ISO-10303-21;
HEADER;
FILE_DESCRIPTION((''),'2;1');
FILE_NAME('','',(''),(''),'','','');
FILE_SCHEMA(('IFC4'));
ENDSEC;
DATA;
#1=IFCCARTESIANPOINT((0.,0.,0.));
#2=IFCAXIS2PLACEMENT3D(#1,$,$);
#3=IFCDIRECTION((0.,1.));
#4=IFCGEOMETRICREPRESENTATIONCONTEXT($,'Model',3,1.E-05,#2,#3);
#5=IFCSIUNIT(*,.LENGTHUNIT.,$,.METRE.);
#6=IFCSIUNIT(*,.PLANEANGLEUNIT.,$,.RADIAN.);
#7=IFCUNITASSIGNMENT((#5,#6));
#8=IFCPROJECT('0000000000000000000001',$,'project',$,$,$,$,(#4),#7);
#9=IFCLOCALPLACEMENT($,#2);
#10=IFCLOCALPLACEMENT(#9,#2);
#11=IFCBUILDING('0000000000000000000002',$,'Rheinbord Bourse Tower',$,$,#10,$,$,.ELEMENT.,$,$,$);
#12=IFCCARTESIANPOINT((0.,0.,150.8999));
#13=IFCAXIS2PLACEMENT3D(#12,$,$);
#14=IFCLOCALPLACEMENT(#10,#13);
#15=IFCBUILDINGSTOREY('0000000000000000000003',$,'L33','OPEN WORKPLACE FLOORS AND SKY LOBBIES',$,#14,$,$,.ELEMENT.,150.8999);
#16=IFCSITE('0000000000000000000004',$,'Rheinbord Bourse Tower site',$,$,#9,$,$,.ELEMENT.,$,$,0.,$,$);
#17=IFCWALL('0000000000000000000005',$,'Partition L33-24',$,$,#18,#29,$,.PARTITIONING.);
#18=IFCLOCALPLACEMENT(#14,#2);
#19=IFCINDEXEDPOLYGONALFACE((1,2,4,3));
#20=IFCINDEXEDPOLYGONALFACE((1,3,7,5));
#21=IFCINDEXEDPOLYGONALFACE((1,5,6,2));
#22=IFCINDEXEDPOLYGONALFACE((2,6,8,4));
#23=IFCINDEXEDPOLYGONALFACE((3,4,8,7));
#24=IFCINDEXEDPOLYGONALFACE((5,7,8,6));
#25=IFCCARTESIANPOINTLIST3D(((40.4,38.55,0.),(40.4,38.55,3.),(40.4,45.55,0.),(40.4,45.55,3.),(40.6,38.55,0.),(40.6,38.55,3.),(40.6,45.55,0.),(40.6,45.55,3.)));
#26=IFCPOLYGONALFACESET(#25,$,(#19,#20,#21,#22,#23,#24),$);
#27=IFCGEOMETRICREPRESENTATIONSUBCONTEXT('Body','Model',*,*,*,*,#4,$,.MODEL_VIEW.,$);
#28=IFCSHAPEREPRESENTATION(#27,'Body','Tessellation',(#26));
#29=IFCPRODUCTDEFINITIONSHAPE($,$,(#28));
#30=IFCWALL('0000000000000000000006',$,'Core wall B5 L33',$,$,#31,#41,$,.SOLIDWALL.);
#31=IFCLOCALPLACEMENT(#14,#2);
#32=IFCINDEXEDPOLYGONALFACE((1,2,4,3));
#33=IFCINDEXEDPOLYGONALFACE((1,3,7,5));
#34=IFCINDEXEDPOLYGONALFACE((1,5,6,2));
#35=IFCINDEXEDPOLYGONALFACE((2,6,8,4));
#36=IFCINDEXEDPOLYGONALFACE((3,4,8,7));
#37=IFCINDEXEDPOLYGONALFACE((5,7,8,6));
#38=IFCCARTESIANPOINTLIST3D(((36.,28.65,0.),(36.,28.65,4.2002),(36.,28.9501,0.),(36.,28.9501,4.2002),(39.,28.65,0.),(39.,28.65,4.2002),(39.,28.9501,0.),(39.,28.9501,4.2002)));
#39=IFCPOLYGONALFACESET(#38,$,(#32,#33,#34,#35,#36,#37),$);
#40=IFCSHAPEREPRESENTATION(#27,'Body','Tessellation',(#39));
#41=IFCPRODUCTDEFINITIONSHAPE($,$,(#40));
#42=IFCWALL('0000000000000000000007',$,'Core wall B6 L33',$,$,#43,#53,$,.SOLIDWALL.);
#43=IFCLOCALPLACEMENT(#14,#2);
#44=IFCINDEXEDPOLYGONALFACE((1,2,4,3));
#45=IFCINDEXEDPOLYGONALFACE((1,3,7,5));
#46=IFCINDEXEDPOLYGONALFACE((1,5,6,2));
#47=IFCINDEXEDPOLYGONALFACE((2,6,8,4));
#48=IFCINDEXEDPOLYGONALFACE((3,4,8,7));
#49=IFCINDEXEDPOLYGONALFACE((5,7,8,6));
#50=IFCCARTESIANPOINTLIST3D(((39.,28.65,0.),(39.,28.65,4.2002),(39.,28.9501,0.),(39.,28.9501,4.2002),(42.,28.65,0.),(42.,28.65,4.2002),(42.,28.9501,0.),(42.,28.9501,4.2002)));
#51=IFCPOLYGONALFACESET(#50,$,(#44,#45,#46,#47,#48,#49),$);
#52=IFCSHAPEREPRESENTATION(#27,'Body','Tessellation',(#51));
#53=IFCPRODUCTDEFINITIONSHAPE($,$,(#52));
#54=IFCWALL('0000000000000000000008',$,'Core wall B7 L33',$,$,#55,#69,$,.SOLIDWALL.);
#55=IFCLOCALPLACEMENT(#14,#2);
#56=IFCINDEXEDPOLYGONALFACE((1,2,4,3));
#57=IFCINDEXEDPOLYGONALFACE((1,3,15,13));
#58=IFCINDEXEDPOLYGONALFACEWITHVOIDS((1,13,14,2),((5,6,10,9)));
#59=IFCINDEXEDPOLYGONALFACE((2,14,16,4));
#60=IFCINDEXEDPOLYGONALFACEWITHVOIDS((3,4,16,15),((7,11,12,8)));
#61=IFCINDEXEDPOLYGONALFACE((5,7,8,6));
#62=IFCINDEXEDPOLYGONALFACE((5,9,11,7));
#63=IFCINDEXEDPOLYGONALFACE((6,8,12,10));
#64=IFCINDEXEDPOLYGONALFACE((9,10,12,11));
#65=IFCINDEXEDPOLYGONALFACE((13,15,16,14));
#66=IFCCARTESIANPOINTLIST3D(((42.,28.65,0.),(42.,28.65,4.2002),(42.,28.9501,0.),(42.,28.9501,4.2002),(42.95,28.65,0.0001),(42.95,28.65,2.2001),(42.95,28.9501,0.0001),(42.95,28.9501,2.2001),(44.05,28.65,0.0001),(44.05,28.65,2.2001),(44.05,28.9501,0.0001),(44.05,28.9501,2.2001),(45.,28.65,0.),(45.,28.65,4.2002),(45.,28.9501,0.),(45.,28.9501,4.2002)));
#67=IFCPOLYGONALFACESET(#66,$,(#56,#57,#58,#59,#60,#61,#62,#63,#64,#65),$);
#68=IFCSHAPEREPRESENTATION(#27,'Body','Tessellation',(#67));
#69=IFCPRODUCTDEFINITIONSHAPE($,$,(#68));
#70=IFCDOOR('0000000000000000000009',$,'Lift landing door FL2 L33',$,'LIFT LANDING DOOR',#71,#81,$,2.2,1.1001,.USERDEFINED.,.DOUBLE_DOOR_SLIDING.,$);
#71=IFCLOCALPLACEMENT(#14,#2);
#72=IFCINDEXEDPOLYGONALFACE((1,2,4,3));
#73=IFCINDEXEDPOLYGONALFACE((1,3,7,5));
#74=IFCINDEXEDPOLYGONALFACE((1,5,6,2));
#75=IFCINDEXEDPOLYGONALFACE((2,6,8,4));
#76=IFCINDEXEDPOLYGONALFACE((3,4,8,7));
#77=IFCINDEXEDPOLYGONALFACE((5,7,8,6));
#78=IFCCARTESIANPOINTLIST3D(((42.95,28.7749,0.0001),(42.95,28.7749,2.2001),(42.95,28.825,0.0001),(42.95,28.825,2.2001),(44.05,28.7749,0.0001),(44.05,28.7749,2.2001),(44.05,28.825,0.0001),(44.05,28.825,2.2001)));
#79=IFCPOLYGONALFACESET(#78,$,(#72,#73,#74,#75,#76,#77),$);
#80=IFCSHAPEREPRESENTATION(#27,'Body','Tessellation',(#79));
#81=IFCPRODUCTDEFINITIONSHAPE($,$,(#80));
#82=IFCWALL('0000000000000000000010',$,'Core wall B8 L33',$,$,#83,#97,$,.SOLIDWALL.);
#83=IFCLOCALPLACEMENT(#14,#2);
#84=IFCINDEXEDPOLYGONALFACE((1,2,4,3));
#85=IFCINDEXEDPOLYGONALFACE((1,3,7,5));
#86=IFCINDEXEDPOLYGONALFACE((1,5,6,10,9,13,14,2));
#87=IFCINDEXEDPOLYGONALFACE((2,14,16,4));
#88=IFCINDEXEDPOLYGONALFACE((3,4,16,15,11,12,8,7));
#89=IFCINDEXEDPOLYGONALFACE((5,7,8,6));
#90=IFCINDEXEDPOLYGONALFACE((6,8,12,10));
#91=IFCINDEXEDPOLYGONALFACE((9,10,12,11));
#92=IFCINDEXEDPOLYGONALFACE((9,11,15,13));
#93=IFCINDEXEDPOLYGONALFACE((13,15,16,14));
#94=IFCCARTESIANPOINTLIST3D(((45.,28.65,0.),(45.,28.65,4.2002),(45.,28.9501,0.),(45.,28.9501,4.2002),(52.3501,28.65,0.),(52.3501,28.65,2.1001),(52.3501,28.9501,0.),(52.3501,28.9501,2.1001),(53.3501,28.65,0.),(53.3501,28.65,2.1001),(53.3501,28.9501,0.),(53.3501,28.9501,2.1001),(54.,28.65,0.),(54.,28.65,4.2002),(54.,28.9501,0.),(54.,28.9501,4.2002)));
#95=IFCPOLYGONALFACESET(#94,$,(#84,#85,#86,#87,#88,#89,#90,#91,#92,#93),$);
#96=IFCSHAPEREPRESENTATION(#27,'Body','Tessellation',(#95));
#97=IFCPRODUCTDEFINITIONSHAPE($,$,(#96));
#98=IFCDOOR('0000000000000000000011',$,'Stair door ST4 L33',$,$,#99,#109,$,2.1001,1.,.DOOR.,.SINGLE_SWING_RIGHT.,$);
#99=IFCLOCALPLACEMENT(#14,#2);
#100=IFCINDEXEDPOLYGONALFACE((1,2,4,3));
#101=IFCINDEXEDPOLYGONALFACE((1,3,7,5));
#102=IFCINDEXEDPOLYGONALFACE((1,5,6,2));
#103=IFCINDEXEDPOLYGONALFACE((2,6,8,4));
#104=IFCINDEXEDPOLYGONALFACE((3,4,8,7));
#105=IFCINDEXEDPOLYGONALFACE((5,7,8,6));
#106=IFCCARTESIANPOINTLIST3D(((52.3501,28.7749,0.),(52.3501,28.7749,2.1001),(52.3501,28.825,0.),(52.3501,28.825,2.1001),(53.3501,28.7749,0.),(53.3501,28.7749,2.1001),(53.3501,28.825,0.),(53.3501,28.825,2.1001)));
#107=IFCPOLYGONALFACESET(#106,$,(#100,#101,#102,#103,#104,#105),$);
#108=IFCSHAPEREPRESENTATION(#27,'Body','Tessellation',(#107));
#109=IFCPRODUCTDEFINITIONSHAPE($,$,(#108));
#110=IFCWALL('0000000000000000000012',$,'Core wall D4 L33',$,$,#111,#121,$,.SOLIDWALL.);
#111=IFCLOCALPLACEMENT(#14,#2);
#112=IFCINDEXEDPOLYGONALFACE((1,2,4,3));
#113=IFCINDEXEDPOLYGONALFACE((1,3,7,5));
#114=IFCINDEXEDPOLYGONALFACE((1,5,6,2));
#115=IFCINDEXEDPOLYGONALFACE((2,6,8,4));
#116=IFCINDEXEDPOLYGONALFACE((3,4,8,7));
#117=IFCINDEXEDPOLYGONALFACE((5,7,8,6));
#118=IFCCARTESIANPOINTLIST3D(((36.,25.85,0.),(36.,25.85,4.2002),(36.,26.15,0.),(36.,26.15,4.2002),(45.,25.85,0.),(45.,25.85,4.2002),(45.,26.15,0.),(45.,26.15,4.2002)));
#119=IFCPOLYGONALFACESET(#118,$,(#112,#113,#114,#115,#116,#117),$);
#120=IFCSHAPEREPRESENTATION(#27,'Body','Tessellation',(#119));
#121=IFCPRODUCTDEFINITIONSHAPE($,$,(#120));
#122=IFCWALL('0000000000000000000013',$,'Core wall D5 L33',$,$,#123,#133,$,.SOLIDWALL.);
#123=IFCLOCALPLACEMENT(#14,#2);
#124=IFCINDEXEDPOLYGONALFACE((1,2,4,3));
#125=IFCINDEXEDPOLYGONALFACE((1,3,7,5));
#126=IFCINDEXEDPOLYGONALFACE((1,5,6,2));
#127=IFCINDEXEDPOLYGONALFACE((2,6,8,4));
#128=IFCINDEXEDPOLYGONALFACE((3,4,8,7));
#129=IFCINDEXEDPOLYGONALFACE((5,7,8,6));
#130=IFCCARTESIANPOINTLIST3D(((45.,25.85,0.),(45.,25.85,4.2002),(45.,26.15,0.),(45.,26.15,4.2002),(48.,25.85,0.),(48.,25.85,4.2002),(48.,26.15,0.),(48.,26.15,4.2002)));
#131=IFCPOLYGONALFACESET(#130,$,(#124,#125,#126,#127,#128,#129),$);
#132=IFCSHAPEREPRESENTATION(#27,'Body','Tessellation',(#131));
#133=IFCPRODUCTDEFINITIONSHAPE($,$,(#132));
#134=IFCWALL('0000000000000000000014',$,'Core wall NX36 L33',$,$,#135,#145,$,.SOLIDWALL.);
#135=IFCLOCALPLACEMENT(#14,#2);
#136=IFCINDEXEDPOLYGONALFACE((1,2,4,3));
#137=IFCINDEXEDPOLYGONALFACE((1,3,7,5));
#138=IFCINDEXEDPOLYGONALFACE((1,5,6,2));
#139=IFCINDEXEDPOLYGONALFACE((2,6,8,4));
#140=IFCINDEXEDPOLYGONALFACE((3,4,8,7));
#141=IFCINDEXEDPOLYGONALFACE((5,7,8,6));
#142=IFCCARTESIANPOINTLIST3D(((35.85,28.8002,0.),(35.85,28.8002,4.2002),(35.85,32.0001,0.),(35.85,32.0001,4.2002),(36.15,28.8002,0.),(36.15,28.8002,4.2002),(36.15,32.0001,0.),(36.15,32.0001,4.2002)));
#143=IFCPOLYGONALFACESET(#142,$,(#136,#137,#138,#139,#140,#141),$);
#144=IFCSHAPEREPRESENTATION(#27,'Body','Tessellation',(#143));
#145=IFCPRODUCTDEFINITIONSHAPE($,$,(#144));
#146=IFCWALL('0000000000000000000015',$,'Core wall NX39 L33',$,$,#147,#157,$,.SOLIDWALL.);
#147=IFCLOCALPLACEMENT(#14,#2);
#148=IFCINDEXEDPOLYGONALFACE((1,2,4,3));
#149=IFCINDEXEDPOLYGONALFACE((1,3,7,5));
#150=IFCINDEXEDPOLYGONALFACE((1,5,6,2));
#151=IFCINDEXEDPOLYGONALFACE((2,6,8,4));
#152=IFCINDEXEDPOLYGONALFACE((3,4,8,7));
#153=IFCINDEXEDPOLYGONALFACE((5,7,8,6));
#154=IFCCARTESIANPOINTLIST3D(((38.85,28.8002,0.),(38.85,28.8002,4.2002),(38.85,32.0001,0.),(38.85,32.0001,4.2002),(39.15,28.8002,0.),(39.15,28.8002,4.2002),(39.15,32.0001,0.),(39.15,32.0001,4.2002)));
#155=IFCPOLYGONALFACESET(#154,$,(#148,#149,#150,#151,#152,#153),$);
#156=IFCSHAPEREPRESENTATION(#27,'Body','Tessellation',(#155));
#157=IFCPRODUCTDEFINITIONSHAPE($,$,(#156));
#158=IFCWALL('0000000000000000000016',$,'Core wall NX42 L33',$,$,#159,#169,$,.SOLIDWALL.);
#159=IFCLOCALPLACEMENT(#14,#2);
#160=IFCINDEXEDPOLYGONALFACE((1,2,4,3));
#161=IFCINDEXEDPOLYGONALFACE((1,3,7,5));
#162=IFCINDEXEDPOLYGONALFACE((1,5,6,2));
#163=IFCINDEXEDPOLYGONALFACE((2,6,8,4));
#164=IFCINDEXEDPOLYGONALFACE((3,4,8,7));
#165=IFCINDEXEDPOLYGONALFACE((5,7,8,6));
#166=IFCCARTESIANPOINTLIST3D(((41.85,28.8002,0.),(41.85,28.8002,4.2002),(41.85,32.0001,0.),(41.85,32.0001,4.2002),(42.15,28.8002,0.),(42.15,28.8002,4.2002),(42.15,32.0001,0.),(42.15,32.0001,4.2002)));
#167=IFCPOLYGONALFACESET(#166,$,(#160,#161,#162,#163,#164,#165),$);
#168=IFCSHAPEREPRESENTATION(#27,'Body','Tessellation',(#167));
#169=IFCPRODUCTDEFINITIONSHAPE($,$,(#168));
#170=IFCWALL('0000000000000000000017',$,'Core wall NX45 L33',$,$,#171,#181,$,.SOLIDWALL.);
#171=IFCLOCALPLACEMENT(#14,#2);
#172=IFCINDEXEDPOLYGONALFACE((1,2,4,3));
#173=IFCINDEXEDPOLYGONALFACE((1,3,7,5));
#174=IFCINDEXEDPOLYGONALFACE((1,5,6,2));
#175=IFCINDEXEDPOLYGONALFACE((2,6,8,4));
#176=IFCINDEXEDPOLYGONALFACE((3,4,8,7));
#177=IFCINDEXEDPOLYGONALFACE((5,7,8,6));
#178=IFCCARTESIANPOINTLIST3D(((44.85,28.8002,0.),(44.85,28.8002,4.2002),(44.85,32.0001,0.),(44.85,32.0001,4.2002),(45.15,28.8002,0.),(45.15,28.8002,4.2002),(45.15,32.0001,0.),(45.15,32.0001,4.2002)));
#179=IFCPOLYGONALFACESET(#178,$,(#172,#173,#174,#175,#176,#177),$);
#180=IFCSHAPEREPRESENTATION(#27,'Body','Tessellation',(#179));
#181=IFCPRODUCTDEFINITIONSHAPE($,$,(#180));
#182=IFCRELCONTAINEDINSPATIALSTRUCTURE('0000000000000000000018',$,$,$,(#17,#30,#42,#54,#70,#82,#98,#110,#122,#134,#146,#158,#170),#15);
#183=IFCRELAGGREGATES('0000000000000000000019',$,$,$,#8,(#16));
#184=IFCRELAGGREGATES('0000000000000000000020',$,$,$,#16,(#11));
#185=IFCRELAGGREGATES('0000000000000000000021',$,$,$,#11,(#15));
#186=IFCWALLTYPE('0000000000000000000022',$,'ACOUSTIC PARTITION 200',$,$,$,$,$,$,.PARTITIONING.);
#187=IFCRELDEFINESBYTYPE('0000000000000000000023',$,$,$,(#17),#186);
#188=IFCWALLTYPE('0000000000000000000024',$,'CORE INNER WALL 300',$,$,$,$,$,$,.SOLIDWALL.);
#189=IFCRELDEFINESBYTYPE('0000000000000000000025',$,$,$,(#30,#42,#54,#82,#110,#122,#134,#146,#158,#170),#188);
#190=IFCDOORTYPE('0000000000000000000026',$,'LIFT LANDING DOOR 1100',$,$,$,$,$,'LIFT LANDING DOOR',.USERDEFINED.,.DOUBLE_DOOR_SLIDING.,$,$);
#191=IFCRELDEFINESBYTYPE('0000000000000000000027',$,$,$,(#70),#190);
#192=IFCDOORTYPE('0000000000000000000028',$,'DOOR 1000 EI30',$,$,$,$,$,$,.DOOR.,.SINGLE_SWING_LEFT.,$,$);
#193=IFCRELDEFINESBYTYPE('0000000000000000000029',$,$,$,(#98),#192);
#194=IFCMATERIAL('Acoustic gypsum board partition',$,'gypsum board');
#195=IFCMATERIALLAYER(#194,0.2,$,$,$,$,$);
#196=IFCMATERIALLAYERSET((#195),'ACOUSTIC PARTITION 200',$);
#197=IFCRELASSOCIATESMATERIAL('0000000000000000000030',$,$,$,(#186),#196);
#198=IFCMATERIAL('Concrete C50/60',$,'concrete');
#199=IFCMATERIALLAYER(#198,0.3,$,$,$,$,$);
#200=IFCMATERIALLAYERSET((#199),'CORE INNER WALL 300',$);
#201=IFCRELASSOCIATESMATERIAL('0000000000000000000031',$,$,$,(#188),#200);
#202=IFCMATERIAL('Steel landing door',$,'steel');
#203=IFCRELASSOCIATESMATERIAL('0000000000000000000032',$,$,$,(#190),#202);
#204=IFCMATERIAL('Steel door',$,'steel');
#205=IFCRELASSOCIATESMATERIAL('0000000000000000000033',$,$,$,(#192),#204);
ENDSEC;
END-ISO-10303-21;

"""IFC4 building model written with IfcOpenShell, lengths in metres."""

from ifc_helpers import new_model, si_unit, direction, frame, frame_2d, origin, place, context, subcontext, project, spatial, rectangle, extrude, material, layer, layer_set, type_object, element, fill, save


model = new_model("IFC4")

# Units and contexts
model_context = context("Model", 3, precision=1e-05, world=origin(), true_north=direction((0.0, 1.0)))
body_context = subcontext(model_context, "Body", "Model", "MODEL_VIEW")
ifc_project = project(units=[si_unit("LENGTHUNIT", "METRE"), si_unit("PLANEANGLEUNIT", "RADIAN")], contexts=[model_context])

# Site, building, storey
site_placement = place(None, origin())
site = spatial("IfcSite", under=ifc_project, at=site_placement, Name="Rheinbord Bourse Tower site", CompositionType="ELEMENT", RefElevation=0.0)
building_placement = place(site_placement, origin())
building = spatial("IfcBuilding", under=site, at=building_placement, Name="Rheinbord Bourse Tower", CompositionType="ELEMENT")
storey_placement = place(building_placement, frame((0.0, 0.0, 150.8999)))
storey = spatial("IfcBuildingStorey", under=building, at=storey_placement, Name="L33", Description="OPEN WORKPLACE FLOORS AND SKY LOBBIES", CompositionType="ELEMENT", Elevation=150.8999)

# Walls
ifc_material_1 = material(Name="Acoustic gypsum board partition", Category="gypsum board")
ifc_layer_1 = layer(ifc_material_1, 0.2)
ifc_layer_set_1 = layer_set([ifc_layer_1], Name="ACOUSTIC PARTITION 200")
wall_type_1 = type_object("IfcWallType", Name="ACOUSTIC PARTITION 200", PredefinedType="PARTITIONING", material=ifc_layer_set_1)
wall_1_placement = place(storey_placement, frame((40.5, 38.55, 0.0), z_axis=(0.0, 0.0, 1.0), x_axis=(0.0, 1.0, 0.0)))
element("IfcWall", 1, at=wall_1_placement, inside=storey, type_object=wall_type_1, Name="Partition L33-24", PredefinedType="PARTITIONING", context=body_context, shape_type="SweptSolid", body=[
    extrude(rectangle(XDim=7.0, YDim=0.2, at=frame_2d((3.5, 0.0))), origin(), (0.0, 0.0, 1.0), 3.0),
])
ifc_material_2 = material(Name="Concrete C50/60", Category="concrete")
ifc_layer_2 = layer(ifc_material_2, 0.3)
ifc_layer_set_2 = layer_set([ifc_layer_2], Name="CORE INNER WALL 300")
wall_type_2 = type_object("IfcWallType", Name="CORE INNER WALL 300", PredefinedType="SOLIDWALL", material=ifc_layer_set_2)
for number, where, z_axis, x_axis, name in (
    (2, (36.0, 28.8, 0.0), (0.0, 0.0, 1.0), (1.0, 0.0, 0.0), "Core wall B5 L33"),
    (3, (39.0, 28.8, 0.0), (0.0, 0.0, 1.0), (1.0, 0.0, 0.0), "Core wall B6 L33"),
):
    element("IfcWall", number, at=place(storey_placement, frame(where, z_axis=z_axis, x_axis=x_axis)), inside=storey, type_object=wall_type_2, Name=name, PredefinedType="SOLIDWALL", context=body_context, shape_type="SweptSolid", body=[
        extrude(rectangle(XDim=3.0, YDim=0.3, at=frame_2d((1.5, 0.0))), origin(), (0.0, 0.0, 1.0), 4.2002),
    ])

# Walls, openings, doors
wall_2_placement = place(storey_placement, frame((42.0, 28.8, 0.0), z_axis=(0.0, 0.0, 1.0), x_axis=(1.0, 0.0, 0.0)))
wall_2 = element("IfcWall", 4, at=wall_2_placement, inside=storey, type_object=wall_type_2, Name="Core wall B7 L33", PredefinedType="SOLIDWALL", context=body_context, shape_type="SweptSolid", body=[
    extrude(rectangle(XDim=3.0, YDim=0.3, at=frame_2d((1.5, 0.0))), origin(), (0.0, 0.0, 1.0), 4.2002),
])
opening_1_placement = place(wall_2_placement, frame((0.95, 0.0, 0.0)))
opening_1 = element("IfcOpeningElement", 5, at=opening_1_placement, cuts=wall_2, PredefinedType="OPENING", context=body_context, shape_type="SweptSolid", body=[
    extrude(rectangle(XDim=1.1001, YDim=2.2, at=frame_2d((0.55, 1.1001))), frame((0.0, 0.1599, 0.0), z_axis=(0.0, -1.0, 0.0), x_axis=(1.0, 0.0, 0.0)), (0.0, 0.0, 1.0), 0.3201),
])
ifc_material_3 = material(Name="Steel landing door", Category="steel")
door_type_1 = type_object("IfcDoorType", Name="LIFT LANDING DOOR 1100", ElementType="LIFT LANDING DOOR", OperationType="DOUBLE_DOOR_SLIDING", PredefinedType="USERDEFINED", material=ifc_material_3)
door_1_placement = place(opening_1_placement, origin())
door_1 = element("IfcDoor", 6, at=door_1_placement, inside=storey, type_object=door_type_1, Name="Lift landing door FL2 L33", ObjectType="LIFT LANDING DOOR", OperationType="DOUBLE_DOOR_SLIDING", OverallHeight=2.2, OverallWidth=1.1001, PredefinedType="USERDEFINED", context=body_context, shape_type="SweptSolid", body=[
    extrude(rectangle(XDim=1.1001, YDim=2.2, at=frame_2d((0.55, 1.1001))), frame((0.0, 0.0249, 0.0), z_axis=(0.0, -1.0, 0.0), x_axis=(1.0, 0.0, 0.0)), (0.0, 0.0, 1.0), 0.05),
])
fill(opening_1, door_1)
wall_3_placement = place(storey_placement, frame((45.0, 28.8, 0.0), z_axis=(0.0, 0.0, 1.0), x_axis=(1.0, 0.0, 0.0)))
wall_3 = element("IfcWall", 7, at=wall_3_placement, inside=storey, type_object=wall_type_2, Name="Core wall B8 L33", PredefinedType="SOLIDWALL", context=body_context, shape_type="SweptSolid", body=[
    extrude(rectangle(XDim=9.0, YDim=0.3, at=frame_2d((4.5, 0.0))), origin(), (0.0, 0.0, 1.0), 4.2002),
])
opening_2_placement = place(wall_3_placement, frame((7.3501, 0.0, 0.0)))
opening_2 = element("IfcOpeningElement", 8, at=opening_2_placement, cuts=wall_3, PredefinedType="OPENING", context=body_context, shape_type="SweptSolid", body=[
    extrude(rectangle(XDim=1.0, YDim=2.1001, at=frame_2d((0.5, 1.05))), frame((0.0, 0.1599, 0.0), z_axis=(0.0, -1.0, 0.0), x_axis=(1.0, 0.0, 0.0)), (0.0, 0.0, 1.0), 0.3201),
])
ifc_material_4 = material(Name="Steel door", Category="steel")
door_type_2 = type_object("IfcDoorType", Name="DOOR 1000 EI30", OperationType="SINGLE_SWING_LEFT", PredefinedType="DOOR", material=ifc_material_4)
door_2_placement = place(opening_2_placement, origin())
door_2 = element("IfcDoor", 9, at=door_2_placement, inside=storey, type_object=door_type_2, Name="Stair door ST4 L33", OperationType="SINGLE_SWING_RIGHT", OverallHeight=2.1001, OverallWidth=1.0, PredefinedType="DOOR", context=body_context, shape_type="SweptSolid", body=[
    extrude(rectangle(XDim=1.0, YDim=2.1001, at=frame_2d((0.5, 1.05))), frame((0.0, 0.0249, 0.0), z_axis=(0.0, -1.0, 0.0), x_axis=(1.0, 0.0, 0.0)), (0.0, 0.0, 1.0), 0.05),
])
fill(opening_2, door_2)

# Walls
wall_4_placement = place(storey_placement, frame((36.0, 26.0, 0.0), z_axis=(0.0, 0.0, 1.0), x_axis=(1.0, 0.0, 0.0)))
element("IfcWall", 10, at=wall_4_placement, inside=storey, type_object=wall_type_2, Name="Core wall D4 L33", PredefinedType="SOLIDWALL", context=body_context, shape_type="SweptSolid", body=[
    extrude(rectangle(XDim=9.0, YDim=0.3, at=frame_2d((4.5, 0.0))), origin(), (0.0, 0.0, 1.0), 4.2002),
])
wall_5_placement = place(storey_placement, frame((45.0, 26.0, 0.0), z_axis=(0.0, 0.0, 1.0), x_axis=(1.0, 0.0, 0.0)))
element("IfcWall", 11, at=wall_5_placement, inside=storey, type_object=wall_type_2, Name="Core wall D5 L33", PredefinedType="SOLIDWALL", context=body_context, shape_type="SweptSolid", body=[
    extrude(rectangle(XDim=3.0, YDim=0.3, at=frame_2d((1.5, 0.0))), origin(), (0.0, 0.0, 1.0), 4.2002),
])
for number, where, z_axis, x_axis, name in (
    (12, (36.0, 28.8, 0.0), (0.0, 0.0, 1.0), (0.0, 1.0, 0.0), "Core wall NX36 L33"),
    (13, (39.0, 28.8, 0.0), (0.0, 0.0, 1.0), (0.0, 1.0, 0.0), "Core wall NX39 L33"),
    (14, (42.0, 28.8, 0.0), (0.0, 0.0, 1.0), (0.0, 1.0, 0.0), "Core wall NX42 L33"),
    (15, (45.0, 28.8, 0.0), (0.0, 0.0, 1.0), (0.0, 1.0, 0.0), "Core wall NX45 L33"),
):
    element("IfcWall", number, at=place(storey_placement, frame(where, z_axis=z_axis, x_axis=x_axis)), inside=storey, type_object=wall_type_2, Name=name, PredefinedType="SOLIDWALL", context=body_context, shape_type="SweptSolid", body=[
        extrude(rectangle(XDim=3.2, YDim=0.3, at=frame_2d((1.6001, 0.0))), origin(), (0.0, 0.0, 1.0), 4.2002),
    ])

save(model, "model.ifc")
